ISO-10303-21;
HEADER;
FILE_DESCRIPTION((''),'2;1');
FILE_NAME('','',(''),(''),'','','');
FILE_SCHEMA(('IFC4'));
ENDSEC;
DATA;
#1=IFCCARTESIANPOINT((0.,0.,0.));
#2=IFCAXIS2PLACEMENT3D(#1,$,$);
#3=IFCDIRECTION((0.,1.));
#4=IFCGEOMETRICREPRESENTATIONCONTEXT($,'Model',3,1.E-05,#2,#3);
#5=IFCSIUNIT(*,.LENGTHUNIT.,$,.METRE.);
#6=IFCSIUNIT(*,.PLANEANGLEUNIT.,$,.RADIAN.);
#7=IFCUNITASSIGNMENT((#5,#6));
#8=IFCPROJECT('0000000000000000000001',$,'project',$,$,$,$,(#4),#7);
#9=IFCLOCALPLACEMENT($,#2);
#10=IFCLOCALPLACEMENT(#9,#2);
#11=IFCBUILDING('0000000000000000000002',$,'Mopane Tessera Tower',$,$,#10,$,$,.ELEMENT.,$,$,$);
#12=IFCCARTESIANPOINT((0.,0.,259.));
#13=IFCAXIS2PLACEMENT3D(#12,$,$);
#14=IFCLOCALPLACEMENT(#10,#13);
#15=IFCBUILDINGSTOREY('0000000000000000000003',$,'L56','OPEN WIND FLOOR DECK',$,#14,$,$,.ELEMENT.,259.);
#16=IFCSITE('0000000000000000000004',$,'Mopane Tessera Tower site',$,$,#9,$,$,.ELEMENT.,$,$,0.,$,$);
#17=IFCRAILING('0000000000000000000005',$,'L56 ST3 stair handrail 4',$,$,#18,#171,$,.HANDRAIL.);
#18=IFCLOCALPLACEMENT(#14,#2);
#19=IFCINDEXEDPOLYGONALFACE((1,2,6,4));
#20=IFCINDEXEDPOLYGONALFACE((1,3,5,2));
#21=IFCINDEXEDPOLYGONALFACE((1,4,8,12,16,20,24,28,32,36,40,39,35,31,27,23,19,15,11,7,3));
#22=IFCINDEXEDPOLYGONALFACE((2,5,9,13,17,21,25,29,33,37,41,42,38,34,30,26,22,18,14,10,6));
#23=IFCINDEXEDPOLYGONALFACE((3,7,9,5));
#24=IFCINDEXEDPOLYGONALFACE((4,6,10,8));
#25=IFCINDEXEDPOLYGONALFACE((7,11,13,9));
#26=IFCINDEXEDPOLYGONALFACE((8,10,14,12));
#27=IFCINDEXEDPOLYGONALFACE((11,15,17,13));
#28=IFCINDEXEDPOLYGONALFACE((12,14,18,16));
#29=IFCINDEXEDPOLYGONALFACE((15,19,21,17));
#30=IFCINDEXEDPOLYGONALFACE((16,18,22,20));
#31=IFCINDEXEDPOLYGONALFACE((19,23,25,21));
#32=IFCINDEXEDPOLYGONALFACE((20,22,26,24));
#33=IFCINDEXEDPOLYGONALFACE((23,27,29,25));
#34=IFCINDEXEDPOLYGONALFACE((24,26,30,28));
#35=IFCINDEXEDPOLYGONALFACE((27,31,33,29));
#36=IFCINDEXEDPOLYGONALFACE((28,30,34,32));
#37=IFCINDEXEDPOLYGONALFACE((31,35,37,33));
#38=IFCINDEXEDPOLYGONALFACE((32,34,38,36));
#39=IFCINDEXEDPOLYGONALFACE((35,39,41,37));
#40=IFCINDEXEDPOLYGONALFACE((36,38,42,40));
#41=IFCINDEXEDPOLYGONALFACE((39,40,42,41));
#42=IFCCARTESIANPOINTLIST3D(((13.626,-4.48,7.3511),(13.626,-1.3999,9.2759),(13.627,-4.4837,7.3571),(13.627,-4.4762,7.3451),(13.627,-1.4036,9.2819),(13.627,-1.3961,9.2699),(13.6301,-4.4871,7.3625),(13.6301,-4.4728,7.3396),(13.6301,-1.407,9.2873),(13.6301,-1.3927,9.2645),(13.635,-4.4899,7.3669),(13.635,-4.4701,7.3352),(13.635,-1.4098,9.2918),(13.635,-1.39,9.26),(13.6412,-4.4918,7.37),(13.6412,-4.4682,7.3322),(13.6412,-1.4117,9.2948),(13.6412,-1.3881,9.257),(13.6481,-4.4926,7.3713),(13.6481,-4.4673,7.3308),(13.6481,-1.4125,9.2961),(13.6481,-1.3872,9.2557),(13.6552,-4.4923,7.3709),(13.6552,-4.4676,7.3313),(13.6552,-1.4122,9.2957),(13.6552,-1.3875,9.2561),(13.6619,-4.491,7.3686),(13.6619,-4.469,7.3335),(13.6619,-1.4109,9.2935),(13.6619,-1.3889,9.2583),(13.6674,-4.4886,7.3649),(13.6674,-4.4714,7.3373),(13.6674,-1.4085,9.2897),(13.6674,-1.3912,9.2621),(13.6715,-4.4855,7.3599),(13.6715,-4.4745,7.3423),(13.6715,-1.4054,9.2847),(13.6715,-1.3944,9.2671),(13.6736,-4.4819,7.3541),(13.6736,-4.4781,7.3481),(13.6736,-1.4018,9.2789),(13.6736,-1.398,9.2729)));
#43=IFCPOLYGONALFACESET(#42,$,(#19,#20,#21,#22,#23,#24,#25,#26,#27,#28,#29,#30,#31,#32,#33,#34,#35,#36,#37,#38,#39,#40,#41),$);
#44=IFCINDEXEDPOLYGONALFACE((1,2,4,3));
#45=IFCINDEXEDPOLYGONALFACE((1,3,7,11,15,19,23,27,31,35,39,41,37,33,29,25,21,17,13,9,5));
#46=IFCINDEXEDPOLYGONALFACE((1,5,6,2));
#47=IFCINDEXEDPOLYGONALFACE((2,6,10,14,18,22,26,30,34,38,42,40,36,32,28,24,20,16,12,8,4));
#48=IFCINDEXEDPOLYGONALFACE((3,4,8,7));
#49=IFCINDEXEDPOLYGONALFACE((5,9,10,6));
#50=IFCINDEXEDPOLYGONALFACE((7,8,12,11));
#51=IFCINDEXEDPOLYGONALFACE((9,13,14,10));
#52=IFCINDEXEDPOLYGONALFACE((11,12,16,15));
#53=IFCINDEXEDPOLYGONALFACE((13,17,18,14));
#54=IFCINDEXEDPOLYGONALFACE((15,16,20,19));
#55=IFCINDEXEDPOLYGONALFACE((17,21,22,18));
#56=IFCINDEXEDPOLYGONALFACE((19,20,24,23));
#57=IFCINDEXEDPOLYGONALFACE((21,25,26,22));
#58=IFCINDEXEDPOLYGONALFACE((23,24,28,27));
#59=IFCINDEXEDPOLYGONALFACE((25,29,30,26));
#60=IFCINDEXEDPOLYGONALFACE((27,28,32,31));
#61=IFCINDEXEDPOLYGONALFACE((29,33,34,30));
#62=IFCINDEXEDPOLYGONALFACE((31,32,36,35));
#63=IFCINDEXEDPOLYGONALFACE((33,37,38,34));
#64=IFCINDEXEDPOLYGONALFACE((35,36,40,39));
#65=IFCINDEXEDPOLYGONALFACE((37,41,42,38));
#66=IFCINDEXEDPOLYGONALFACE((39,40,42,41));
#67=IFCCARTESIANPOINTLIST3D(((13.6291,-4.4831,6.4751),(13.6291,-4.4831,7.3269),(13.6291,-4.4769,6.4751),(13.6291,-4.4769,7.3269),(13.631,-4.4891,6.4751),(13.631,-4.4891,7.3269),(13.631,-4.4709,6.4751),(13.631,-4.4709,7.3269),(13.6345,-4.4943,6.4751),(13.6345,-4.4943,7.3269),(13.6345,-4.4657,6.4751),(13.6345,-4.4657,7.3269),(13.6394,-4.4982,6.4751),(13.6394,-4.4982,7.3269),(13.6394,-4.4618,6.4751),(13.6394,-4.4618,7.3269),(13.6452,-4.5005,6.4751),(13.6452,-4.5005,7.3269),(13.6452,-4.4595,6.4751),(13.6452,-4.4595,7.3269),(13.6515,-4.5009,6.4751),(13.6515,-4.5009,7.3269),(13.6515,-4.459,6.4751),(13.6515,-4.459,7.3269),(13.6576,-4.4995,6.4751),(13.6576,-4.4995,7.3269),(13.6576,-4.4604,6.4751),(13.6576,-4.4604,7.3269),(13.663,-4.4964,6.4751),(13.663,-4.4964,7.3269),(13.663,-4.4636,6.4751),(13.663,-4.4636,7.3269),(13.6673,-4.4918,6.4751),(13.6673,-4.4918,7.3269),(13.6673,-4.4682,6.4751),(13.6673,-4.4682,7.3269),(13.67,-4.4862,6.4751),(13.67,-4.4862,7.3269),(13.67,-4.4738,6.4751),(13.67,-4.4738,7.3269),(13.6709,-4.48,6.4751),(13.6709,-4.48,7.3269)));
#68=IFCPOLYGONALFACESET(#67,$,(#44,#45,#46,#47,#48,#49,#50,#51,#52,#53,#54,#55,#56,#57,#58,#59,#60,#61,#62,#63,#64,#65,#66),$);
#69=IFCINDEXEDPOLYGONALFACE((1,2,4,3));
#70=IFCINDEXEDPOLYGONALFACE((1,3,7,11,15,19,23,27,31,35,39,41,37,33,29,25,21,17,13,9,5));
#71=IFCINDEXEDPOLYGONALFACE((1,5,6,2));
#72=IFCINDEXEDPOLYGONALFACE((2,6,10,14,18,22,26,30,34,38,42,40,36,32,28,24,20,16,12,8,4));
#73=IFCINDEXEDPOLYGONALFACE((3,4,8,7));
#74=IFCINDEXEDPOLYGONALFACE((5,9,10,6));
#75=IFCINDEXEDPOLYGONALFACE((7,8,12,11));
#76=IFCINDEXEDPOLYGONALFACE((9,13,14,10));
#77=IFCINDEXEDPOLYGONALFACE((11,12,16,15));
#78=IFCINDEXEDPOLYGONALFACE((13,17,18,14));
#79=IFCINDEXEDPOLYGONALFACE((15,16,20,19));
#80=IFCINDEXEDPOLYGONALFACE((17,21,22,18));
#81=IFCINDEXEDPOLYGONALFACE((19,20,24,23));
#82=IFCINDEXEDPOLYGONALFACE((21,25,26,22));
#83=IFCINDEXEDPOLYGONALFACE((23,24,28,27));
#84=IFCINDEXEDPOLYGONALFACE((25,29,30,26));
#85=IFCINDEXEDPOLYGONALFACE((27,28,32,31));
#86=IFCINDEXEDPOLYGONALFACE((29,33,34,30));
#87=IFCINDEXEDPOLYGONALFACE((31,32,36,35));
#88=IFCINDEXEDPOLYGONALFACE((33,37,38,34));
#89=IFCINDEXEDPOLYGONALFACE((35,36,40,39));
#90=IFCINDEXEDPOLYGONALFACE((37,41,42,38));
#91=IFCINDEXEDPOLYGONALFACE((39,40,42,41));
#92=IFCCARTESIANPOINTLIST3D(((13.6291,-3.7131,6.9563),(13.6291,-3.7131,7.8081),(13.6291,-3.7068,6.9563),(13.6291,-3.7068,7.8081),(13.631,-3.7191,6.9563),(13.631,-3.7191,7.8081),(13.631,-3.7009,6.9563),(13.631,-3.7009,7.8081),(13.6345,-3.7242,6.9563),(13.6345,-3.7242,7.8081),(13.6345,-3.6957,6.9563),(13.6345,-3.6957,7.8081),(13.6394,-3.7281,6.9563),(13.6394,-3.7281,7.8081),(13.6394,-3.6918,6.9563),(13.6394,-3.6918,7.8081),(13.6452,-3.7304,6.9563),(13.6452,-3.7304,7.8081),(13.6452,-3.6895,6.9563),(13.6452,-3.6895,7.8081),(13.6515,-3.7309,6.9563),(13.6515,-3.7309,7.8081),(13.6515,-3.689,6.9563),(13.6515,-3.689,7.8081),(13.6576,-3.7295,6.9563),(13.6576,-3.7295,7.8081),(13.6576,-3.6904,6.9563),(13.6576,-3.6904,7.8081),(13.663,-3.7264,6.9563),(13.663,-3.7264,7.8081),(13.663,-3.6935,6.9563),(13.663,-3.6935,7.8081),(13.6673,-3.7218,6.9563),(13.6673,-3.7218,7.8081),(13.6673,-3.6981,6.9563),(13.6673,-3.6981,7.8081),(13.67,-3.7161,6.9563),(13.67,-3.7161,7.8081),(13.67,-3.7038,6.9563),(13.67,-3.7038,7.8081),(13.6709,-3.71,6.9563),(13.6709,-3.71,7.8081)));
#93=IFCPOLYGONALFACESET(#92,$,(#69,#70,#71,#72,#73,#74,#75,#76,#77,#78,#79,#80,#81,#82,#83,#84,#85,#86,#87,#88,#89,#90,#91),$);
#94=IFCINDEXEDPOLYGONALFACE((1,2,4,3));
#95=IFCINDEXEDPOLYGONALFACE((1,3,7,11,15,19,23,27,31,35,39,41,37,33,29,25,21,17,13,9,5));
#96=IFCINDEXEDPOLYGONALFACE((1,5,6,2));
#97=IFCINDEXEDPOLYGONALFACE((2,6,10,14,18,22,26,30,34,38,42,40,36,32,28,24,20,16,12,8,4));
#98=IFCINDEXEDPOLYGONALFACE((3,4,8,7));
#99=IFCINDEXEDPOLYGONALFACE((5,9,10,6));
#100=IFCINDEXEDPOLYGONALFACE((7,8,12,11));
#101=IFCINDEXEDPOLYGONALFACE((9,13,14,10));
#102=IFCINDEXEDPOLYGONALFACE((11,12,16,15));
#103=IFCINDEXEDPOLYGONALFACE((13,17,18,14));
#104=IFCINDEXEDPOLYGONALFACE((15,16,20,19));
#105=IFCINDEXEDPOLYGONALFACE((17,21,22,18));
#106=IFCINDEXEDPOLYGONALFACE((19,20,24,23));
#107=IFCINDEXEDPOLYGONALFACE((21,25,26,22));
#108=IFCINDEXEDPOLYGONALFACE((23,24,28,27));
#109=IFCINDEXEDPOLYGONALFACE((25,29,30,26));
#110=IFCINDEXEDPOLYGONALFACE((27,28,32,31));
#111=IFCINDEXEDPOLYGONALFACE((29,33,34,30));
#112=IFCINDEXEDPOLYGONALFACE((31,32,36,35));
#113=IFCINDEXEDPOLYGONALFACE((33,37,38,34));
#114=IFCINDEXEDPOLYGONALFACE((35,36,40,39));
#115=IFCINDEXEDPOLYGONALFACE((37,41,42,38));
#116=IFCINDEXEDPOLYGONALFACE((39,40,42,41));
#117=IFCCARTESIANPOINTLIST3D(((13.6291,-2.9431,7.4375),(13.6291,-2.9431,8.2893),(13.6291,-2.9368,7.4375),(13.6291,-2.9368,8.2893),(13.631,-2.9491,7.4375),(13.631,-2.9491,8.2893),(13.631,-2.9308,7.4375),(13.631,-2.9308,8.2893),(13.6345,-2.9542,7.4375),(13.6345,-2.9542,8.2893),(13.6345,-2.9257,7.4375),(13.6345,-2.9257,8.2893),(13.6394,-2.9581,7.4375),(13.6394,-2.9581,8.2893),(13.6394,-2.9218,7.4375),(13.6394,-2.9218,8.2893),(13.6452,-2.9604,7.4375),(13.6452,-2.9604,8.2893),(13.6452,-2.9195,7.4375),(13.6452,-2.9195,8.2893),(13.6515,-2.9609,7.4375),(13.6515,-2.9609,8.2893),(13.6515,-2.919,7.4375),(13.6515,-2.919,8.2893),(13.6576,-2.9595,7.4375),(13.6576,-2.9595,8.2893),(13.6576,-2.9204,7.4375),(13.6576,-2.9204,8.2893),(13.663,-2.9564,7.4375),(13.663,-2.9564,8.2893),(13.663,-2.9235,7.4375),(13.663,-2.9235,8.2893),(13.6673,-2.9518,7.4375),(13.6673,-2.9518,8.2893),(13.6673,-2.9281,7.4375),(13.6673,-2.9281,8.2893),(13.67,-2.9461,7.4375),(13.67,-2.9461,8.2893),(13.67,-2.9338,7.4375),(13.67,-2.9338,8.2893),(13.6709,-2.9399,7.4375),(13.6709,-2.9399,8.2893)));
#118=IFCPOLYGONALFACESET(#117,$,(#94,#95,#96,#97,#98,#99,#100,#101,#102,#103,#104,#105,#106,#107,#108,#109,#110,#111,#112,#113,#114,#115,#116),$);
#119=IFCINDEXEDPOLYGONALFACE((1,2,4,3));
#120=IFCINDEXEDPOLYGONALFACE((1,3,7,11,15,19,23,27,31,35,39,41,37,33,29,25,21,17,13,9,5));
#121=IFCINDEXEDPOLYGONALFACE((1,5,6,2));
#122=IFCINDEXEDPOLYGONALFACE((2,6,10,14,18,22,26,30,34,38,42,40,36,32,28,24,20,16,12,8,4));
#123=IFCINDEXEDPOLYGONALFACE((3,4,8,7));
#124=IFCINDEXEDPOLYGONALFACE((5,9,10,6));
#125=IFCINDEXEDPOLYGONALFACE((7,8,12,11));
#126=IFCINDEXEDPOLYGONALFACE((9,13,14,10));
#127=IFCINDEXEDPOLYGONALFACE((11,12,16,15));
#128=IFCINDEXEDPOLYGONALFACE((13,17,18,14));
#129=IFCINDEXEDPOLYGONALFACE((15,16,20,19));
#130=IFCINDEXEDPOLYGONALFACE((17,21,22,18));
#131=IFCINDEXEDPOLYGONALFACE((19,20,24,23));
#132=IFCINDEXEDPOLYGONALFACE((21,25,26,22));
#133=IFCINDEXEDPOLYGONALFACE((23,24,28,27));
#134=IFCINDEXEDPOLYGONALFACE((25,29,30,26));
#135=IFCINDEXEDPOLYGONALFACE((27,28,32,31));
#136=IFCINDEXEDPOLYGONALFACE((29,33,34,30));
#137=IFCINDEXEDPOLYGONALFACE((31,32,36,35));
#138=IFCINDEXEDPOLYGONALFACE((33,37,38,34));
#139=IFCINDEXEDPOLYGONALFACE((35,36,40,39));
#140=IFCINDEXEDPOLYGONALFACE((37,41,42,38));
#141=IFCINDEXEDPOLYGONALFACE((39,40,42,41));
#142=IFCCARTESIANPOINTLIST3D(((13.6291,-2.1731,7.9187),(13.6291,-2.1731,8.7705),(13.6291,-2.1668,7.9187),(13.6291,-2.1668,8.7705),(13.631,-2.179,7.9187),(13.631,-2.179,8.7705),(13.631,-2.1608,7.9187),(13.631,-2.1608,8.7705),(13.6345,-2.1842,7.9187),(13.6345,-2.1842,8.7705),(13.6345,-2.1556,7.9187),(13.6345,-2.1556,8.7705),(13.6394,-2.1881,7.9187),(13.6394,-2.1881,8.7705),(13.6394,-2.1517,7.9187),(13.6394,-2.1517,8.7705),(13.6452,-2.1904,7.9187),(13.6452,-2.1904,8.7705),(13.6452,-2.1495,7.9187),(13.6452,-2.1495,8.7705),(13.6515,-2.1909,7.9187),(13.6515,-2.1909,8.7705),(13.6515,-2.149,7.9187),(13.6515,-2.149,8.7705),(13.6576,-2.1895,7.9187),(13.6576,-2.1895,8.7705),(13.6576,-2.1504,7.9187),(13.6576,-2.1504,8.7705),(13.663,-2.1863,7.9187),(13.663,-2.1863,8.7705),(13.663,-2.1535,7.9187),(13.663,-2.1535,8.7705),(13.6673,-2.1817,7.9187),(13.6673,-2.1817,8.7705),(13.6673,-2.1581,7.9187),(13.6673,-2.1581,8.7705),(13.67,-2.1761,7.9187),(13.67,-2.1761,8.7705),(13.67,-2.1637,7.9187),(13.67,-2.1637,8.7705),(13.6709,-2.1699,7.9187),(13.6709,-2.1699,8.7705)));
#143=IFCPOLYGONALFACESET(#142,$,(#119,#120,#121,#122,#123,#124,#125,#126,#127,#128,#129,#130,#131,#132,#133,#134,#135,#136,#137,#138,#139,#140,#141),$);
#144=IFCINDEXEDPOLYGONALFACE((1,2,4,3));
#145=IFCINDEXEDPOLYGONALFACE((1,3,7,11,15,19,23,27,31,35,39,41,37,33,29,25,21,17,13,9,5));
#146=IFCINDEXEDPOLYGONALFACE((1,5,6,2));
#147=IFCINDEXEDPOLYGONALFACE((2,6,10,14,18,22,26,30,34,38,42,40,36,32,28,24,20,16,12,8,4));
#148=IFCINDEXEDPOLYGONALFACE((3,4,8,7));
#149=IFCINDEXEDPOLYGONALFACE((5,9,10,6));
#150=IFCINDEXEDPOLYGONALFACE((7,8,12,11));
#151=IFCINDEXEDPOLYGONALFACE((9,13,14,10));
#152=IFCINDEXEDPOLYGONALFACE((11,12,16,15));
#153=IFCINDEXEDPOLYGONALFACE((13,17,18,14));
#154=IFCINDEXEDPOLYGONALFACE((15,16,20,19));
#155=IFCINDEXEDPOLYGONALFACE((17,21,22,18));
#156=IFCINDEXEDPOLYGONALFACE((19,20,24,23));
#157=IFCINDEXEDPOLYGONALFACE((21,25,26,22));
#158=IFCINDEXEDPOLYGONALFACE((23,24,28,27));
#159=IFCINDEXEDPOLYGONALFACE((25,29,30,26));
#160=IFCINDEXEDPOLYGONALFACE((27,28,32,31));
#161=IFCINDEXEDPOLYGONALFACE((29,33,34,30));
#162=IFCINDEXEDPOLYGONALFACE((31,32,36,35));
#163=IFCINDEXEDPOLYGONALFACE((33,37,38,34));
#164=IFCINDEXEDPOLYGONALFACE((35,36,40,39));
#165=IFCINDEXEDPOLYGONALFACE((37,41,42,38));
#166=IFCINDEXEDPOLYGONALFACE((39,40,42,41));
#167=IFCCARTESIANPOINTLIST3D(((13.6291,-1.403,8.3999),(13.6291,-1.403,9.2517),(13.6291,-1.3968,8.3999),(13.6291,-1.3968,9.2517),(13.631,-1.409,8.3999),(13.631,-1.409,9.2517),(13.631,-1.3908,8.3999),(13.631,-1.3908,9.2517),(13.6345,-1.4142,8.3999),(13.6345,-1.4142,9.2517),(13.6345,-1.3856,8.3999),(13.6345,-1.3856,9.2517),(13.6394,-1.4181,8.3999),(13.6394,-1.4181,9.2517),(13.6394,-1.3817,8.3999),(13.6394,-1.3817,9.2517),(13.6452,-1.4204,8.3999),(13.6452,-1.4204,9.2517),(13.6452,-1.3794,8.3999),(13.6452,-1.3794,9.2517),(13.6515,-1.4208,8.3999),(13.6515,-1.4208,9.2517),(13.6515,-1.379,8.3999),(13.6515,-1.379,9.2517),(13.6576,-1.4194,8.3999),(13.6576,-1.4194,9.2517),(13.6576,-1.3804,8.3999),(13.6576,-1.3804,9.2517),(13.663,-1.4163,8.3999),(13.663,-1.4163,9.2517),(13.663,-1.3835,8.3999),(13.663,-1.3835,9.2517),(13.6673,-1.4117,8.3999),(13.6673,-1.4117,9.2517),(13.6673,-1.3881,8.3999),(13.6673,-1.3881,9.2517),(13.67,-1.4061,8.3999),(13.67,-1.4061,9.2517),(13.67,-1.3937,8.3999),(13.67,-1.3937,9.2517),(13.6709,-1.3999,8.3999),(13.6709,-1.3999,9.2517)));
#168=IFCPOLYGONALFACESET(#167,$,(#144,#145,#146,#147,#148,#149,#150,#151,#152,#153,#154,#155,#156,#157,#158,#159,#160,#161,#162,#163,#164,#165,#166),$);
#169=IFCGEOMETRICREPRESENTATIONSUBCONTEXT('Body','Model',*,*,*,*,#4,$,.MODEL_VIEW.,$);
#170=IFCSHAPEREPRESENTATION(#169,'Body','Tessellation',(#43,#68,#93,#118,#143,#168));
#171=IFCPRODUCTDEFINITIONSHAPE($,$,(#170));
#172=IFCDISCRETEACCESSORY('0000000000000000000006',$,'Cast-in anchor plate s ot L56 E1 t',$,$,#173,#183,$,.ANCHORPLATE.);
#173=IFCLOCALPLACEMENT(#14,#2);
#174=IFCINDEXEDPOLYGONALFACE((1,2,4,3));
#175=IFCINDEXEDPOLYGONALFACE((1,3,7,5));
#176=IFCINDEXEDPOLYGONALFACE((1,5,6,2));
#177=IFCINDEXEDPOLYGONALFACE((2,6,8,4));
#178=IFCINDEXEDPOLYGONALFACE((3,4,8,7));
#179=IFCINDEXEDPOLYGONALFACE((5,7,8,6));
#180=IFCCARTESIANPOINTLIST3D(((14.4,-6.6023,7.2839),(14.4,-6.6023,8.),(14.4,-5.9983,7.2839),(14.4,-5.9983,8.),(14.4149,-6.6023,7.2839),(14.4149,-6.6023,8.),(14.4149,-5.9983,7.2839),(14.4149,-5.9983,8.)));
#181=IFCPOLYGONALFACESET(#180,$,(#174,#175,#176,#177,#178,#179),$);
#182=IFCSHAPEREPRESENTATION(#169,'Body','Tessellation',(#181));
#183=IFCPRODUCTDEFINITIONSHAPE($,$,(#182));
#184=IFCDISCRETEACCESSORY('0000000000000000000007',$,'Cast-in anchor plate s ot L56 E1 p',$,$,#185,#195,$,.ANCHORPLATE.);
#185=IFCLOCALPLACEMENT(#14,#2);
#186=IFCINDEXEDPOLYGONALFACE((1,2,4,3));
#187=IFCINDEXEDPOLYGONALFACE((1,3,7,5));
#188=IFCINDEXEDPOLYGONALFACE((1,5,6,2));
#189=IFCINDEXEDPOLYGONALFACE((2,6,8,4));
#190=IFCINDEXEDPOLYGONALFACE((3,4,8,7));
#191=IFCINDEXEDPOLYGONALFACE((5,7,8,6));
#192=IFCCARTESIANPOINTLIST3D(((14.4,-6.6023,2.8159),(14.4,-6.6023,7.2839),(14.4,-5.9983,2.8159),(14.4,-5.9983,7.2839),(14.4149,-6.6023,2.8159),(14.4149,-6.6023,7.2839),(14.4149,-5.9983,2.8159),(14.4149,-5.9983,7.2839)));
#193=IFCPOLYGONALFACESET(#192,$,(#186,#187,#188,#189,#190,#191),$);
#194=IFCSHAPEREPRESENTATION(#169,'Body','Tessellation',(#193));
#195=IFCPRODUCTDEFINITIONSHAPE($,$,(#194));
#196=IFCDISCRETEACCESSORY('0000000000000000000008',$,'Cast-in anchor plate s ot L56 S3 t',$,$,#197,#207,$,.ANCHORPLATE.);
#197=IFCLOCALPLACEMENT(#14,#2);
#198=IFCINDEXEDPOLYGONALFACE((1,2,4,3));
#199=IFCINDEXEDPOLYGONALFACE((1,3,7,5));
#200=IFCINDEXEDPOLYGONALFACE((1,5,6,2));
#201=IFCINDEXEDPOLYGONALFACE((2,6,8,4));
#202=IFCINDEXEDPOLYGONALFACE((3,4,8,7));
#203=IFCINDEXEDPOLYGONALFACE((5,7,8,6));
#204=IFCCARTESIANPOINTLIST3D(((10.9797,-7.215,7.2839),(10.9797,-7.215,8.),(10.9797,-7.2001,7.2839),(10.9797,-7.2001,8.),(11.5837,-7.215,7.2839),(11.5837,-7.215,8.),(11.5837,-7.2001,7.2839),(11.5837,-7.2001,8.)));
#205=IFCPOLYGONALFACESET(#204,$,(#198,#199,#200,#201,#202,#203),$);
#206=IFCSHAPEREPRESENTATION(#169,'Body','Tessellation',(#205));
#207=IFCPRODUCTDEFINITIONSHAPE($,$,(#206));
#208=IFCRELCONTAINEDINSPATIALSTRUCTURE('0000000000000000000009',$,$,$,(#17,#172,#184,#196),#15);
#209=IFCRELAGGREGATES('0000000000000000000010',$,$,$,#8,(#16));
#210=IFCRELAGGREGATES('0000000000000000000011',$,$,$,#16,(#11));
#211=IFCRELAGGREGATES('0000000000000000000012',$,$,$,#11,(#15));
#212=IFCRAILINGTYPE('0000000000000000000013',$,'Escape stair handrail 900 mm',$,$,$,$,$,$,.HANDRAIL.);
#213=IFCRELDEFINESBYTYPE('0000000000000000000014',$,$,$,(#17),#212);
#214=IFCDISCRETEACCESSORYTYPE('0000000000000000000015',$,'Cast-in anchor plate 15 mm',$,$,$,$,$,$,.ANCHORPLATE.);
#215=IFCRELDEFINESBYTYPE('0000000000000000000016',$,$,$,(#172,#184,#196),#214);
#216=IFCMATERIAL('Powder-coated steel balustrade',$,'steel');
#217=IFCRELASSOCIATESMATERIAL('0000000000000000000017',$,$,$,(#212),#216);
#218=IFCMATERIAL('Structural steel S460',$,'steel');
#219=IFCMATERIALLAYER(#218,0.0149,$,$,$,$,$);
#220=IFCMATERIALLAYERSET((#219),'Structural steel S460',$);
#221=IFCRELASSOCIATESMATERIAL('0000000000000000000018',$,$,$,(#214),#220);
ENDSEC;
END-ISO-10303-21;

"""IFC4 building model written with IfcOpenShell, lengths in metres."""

from ifc_helpers import new_model, si_unit, direction, frame, origin, origin_2d, place, context, subcontext, project, spatial, rectangle, circle, extrude, material, layer, layer_set, type_object, element, save


model = new_model("IFC4")

# Units and contexts
model_context = context("Model", 3, precision=1e-05, world=origin(), true_north=direction((0.0, 1.0)))
body_context = subcontext(model_context, "Body", "Model", "MODEL_VIEW")
ifc_project = project(units=[si_unit("LENGTHUNIT", "METRE"), si_unit("PLANEANGLEUNIT", "RADIAN")], contexts=[model_context])

# Site, building, storey
site_placement = place(None, origin())
site = spatial("IfcSite", under=ifc_project, at=site_placement, Name="Mopane Tessera Tower site", CompositionType="ELEMENT", RefElevation=0.0)
building_placement = place(site_placement, origin())
building = spatial("IfcBuilding", under=site, at=building_placement, Name="Mopane Tessera Tower", CompositionType="ELEMENT")
storey_placement = place(building_placement, frame((0.0, 0.0, 259.0)))
storey = spatial("IfcBuildingStorey", under=building, at=storey_placement, Name="L56", Description="OPEN WIND FLOOR DECK", CompositionType="ELEMENT", Elevation=259.0)

# Railing
ifc_material_1 = material(Name="Powder-coated steel balustrade", Category="steel")
railing_type_1 = type_object("IfcRailingType", Name="Escape stair handrail 900 mm", PredefinedType="HANDRAIL", material=ifc_material_1)
railing_1_placement = place(storey_placement, frame((13.6499, -4.48, 6.4751)))
element("IfcRailing", 1, at=railing_1_placement, inside=storey, type_object=railing_type_1, Name="L56 ST3 stair handrail 4", PredefinedType="HANDRAIL", context=body_context, shape_type="SweptSolid", body=[
    extrude(circle(Radius=0.0239, at=origin_2d()), frame((0.0, 0.0, 0.876), z_axis=(0.0, 0.848029, 0.529951), x_axis=(-1.0, 0.0, 0.0)), (0.0, 0.0, 1.0), 3.6321),
    extrude(circle(Radius=0.021, at=origin_2d()), origin(), (0.0, 0.0, 1.0), 0.8518),
    extrude(circle(Radius=0.021, at=origin_2d()), frame((0.0, 0.77, 0.4812)), (0.0, 0.0, 1.0), 0.8518),
    extrude(circle(Radius=0.021, at=origin_2d()), frame((0.0, 1.54, 0.9624)), (0.0, 0.0, 1.0), 0.8518),
    extrude(circle(Radius=0.021, at=origin_2d()), frame((0.0, 2.3101, 1.4436)), (0.0, 0.0, 1.0), 0.8518),
    extrude(circle(Radius=0.021, at=origin_2d()), frame((0.0, 3.0801, 1.9248)), (0.0, 0.0, 1.0), 0.8518),
])

# Discrete accessories
ifc_material_2 = material(Name="Structural steel S460", Category="steel")
ifc_layer_1 = layer(ifc_material_2, 0.0149)
ifc_layer_set_1 = layer_set([ifc_layer_1], Name="Structural steel S460")
discrete_accessory_type_1 = type_object("IfcDiscreteAccessoryType", Name="Cast-in anchor plate 15 mm", PredefinedType="ANCHORPLATE", material=ifc_layer_set_1)
discrete_accessory_1_placement = place(storey_placement, frame((14.4075, -6.3003, 7.2839), z_axis=(0.0, 0.0, 1.0), x_axis=(1.0, 0.0, 0.0)))
element("IfcDiscreteAccessory", 2, at=discrete_accessory_1_placement, inside=storey, type_object=discrete_accessory_type_1, Name="Cast-in anchor plate s ot L56 E1 t", PredefinedType="ANCHORPLATE", context=body_context, shape_type="SweptSolid", body=[
    extrude(rectangle(XDim=0.0149, YDim=0.604, at=origin_2d()), origin(), (0.0, 0.0, 1.0), 0.7161),
])
discrete_accessory_2_placement = place(storey_placement, frame((14.4075, -6.3003, 2.8159), z_axis=(0.0, 0.0, 1.0), x_axis=(1.0, 0.0, 0.0)))
element("IfcDiscreteAccessory", 3, at=discrete_accessory_2_placement, inside=storey, type_object=discrete_accessory_type_1, Name="Cast-in anchor plate s ot L56 E1 p", PredefinedType="ANCHORPLATE", context=body_context, shape_type="SweptSolid", body=[
    extrude(rectangle(XDim=0.0149, YDim=0.604, at=origin_2d()), origin(), (0.0, 0.0, 1.0), 4.468),
])
discrete_accessory_3_placement = place(storey_placement, frame((11.2817, -7.2075, 7.2839), z_axis=(0.0, 0.0, 1.0), x_axis=(0.0, -1.0, 0.0)))
element("IfcDiscreteAccessory", 4, at=discrete_accessory_3_placement, inside=storey, type_object=discrete_accessory_type_1, Name="Cast-in anchor plate s ot L56 S3 t", PredefinedType="ANCHORPLATE", context=body_context, shape_type="SweptSolid", body=[
    extrude(rectangle(XDim=0.0149, YDim=0.604, at=origin_2d()), origin(), (0.0, 0.0, 1.0), 0.7161),
])

save(model, "model.ifc")
